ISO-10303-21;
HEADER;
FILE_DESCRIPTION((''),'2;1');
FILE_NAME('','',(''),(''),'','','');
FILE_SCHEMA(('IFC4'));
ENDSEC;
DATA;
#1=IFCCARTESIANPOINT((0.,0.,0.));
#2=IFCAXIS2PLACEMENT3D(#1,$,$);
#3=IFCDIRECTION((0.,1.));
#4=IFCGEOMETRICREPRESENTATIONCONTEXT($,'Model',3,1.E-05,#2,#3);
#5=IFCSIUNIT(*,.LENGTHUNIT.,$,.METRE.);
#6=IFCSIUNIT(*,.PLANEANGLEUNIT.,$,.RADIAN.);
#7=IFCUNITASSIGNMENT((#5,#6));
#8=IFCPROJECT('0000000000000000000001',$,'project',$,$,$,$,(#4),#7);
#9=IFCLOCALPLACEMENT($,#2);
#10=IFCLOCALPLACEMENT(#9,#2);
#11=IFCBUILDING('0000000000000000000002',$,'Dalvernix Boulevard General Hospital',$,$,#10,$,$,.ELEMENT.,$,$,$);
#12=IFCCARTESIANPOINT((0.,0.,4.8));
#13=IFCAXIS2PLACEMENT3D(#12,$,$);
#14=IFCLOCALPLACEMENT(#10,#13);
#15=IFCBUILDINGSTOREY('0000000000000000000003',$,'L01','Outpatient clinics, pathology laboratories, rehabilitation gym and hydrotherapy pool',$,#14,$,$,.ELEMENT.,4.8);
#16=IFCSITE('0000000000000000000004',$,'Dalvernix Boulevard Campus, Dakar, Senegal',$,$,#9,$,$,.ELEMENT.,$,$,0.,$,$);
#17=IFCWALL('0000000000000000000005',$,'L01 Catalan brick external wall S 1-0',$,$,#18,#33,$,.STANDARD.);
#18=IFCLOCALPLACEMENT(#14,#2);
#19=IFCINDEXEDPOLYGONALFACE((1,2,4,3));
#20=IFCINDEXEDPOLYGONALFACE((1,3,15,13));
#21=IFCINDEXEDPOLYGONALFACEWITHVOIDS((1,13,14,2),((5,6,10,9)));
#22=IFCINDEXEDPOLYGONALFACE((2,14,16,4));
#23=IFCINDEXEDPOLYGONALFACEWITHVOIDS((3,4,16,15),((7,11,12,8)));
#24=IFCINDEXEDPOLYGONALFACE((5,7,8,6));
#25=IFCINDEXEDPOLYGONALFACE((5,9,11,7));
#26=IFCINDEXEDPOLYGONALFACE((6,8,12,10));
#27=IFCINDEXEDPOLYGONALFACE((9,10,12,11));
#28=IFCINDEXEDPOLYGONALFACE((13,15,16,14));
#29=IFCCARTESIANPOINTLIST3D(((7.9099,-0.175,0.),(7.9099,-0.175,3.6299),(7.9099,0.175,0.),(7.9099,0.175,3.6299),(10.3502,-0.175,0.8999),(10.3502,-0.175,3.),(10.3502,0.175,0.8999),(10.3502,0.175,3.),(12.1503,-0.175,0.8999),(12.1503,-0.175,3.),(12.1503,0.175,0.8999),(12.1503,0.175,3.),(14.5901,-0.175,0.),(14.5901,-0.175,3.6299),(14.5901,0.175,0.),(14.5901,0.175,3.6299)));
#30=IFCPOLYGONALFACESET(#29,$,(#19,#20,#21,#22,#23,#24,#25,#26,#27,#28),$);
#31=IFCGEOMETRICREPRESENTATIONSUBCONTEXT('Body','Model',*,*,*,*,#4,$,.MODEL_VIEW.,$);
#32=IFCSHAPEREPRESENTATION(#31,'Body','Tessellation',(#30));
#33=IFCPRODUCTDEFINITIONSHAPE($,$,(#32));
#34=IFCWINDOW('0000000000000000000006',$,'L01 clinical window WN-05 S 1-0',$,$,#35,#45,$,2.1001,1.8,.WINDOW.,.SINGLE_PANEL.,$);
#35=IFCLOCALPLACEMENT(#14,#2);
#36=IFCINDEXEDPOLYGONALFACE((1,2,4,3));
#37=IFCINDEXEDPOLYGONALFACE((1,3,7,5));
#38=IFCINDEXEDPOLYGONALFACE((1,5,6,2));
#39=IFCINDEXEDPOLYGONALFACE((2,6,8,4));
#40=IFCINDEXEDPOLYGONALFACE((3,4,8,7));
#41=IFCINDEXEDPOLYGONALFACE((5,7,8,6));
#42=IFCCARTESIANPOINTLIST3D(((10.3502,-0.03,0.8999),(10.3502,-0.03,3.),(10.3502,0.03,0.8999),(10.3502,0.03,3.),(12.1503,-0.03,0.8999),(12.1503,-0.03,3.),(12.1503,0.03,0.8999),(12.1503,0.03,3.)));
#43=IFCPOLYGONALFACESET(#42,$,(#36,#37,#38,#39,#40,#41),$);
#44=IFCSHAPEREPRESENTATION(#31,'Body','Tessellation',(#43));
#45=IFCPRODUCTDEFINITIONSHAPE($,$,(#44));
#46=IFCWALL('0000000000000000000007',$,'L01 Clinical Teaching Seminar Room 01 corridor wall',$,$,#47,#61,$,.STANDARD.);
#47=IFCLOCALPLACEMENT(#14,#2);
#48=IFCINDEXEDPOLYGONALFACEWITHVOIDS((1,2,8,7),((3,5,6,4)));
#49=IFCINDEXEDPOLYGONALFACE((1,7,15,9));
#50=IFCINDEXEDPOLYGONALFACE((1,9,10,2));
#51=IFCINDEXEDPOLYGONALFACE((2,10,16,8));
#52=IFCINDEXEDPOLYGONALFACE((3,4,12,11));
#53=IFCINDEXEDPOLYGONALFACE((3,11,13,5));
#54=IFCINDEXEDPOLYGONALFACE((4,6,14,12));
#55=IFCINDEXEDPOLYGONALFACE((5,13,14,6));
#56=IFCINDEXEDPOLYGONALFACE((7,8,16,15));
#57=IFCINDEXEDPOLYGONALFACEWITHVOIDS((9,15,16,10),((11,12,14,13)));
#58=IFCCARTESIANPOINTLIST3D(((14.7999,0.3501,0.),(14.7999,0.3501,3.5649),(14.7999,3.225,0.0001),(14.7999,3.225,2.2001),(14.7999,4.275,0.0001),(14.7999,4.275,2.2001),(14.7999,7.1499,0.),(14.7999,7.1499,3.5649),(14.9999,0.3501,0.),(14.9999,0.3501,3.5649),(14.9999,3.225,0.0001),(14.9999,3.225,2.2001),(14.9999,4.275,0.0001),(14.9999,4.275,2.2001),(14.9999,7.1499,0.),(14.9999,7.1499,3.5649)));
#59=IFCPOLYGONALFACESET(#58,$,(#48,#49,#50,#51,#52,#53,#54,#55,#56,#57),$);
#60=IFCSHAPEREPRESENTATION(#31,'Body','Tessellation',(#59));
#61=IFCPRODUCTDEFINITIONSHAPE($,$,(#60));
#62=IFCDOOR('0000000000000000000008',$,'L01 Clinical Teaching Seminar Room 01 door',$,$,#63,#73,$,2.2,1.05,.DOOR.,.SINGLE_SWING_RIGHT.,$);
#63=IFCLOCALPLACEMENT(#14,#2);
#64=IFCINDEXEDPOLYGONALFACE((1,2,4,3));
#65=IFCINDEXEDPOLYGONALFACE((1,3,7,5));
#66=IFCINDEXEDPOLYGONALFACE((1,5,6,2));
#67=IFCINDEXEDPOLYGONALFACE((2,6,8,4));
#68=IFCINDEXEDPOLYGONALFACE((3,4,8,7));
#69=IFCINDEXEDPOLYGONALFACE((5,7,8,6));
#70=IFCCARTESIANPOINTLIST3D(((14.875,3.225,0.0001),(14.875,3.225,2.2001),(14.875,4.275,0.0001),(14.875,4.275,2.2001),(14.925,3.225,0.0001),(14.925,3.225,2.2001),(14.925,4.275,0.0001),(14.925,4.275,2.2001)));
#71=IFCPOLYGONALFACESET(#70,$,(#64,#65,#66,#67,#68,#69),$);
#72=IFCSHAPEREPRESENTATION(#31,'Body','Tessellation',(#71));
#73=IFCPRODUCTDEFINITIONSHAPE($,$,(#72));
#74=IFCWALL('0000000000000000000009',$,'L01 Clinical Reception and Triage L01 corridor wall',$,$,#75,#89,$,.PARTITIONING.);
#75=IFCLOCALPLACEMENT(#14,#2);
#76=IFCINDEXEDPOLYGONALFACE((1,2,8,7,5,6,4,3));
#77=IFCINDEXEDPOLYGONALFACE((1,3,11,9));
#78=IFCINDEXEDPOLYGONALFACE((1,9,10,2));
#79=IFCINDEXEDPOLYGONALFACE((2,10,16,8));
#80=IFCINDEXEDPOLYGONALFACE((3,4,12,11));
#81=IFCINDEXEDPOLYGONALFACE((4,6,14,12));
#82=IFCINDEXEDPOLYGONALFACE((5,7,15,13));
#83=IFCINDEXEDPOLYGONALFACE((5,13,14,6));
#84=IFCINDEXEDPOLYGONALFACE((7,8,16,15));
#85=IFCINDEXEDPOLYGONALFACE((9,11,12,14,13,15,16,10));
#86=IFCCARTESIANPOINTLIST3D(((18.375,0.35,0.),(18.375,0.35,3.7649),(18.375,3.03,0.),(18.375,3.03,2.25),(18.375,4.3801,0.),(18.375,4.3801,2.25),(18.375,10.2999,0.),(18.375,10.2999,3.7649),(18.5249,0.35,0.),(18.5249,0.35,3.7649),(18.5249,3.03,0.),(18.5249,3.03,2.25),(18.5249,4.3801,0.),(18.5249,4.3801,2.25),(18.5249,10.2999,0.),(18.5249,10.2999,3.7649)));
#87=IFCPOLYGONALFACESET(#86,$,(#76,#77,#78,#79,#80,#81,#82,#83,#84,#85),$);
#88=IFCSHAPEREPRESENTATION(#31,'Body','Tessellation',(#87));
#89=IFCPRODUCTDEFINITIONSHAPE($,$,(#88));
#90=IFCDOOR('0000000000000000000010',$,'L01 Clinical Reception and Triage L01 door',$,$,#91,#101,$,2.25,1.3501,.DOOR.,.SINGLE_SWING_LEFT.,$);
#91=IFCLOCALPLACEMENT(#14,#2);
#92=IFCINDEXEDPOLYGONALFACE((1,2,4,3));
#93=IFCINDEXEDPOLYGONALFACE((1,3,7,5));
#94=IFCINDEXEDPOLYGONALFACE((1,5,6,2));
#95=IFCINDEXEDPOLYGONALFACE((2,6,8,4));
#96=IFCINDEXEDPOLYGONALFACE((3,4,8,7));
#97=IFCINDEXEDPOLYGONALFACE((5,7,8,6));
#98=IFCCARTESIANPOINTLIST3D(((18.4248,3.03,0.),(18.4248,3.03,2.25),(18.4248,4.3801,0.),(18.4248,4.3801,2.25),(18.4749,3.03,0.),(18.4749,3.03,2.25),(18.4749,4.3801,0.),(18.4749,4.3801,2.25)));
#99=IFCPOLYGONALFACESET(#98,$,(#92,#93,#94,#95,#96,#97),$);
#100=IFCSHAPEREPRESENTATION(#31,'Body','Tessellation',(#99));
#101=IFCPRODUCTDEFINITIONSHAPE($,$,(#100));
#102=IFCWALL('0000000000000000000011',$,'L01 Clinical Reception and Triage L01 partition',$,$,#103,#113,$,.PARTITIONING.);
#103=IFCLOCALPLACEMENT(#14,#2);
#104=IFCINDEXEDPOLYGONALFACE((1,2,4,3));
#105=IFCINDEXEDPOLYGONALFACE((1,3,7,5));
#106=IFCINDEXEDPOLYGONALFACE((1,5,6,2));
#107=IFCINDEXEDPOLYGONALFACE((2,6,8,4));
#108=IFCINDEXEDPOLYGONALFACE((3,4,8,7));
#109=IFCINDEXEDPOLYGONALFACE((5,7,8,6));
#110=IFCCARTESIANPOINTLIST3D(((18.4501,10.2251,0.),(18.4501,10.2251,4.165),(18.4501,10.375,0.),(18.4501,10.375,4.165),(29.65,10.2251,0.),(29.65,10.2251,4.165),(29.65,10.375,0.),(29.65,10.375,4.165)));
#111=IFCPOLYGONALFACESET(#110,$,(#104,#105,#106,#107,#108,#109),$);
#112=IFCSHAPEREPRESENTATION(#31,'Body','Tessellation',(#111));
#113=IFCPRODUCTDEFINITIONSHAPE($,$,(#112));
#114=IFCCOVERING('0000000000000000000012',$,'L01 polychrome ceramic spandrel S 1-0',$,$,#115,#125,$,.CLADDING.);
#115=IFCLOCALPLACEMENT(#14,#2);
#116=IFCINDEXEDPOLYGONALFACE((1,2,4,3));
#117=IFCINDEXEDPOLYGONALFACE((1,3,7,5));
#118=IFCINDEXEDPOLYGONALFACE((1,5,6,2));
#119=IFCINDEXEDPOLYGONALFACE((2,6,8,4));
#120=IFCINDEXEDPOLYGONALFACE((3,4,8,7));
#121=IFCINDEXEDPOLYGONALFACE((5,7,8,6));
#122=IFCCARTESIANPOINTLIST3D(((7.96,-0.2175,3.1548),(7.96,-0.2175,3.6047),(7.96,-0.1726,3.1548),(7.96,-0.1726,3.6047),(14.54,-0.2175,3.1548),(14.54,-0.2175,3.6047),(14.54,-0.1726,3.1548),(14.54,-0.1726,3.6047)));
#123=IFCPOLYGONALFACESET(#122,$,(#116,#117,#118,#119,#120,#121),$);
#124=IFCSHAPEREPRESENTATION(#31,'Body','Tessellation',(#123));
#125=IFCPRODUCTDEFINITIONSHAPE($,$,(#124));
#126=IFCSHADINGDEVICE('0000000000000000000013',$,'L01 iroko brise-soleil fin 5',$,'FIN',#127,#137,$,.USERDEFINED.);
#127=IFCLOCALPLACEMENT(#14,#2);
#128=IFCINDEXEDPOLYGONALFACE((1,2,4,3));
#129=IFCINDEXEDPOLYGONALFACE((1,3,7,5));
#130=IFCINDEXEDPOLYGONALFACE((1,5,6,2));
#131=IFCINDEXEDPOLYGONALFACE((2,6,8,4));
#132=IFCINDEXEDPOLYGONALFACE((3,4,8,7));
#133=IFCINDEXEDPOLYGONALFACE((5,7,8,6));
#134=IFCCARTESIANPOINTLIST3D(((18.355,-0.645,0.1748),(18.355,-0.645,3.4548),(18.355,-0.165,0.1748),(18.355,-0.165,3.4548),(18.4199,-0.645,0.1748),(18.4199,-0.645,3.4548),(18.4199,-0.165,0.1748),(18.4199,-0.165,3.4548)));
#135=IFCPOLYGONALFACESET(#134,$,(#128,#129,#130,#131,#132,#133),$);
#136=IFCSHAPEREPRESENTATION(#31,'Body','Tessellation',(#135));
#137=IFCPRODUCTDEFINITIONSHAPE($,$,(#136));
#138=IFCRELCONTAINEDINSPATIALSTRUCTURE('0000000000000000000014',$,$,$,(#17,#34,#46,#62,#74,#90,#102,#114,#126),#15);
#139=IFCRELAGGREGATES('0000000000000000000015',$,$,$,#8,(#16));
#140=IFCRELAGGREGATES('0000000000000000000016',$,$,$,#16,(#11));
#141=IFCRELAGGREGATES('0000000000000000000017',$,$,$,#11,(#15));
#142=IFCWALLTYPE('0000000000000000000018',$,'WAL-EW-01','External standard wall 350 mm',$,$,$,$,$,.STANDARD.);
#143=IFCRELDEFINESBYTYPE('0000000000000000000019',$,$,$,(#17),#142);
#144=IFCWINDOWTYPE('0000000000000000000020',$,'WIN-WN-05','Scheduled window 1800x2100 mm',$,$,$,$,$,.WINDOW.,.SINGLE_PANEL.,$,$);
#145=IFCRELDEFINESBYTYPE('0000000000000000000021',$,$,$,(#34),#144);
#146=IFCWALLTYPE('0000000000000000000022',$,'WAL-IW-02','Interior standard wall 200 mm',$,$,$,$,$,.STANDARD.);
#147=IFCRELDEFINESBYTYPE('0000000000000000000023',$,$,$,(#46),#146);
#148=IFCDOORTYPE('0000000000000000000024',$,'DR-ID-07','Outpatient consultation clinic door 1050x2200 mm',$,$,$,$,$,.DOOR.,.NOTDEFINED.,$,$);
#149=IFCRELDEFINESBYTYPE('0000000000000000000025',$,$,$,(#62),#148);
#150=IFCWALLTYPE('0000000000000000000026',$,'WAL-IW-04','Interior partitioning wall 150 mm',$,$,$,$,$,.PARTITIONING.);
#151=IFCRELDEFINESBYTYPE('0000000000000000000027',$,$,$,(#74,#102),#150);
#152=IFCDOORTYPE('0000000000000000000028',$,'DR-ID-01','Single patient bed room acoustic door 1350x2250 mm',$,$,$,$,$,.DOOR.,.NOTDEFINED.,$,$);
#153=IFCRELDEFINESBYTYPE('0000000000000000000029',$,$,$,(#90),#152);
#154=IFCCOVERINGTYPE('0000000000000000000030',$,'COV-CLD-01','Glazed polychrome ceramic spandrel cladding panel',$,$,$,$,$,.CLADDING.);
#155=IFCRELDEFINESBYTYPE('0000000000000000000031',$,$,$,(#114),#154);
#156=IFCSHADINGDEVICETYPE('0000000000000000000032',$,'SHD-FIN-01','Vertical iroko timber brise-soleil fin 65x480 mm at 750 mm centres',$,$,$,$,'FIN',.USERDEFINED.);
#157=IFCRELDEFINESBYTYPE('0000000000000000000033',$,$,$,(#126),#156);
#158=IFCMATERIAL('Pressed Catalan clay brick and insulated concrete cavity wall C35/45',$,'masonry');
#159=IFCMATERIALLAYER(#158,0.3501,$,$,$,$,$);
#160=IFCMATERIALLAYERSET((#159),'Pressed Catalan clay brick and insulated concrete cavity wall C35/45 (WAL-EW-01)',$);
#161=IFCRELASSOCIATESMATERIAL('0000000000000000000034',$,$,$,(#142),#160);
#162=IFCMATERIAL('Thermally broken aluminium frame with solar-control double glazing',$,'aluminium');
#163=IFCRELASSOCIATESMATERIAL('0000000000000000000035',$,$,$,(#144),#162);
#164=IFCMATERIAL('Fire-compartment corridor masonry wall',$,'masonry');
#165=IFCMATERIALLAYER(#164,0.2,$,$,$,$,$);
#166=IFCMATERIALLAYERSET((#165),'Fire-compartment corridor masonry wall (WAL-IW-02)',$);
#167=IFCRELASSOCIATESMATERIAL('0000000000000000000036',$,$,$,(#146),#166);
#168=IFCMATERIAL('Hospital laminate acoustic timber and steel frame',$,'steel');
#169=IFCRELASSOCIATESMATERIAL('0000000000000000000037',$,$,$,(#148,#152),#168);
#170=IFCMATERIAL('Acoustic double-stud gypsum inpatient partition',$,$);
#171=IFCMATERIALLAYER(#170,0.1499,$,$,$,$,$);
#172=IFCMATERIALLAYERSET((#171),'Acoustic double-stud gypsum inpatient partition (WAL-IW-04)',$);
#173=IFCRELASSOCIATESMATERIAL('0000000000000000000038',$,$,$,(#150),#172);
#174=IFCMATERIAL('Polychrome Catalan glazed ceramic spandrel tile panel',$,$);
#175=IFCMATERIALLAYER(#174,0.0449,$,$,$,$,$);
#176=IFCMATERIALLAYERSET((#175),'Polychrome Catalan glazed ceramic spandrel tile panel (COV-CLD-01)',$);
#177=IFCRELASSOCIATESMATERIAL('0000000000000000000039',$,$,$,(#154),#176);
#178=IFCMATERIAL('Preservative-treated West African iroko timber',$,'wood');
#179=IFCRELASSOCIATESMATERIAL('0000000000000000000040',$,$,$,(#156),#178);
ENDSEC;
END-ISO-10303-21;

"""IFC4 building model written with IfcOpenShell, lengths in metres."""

from ifc_helpers import new_model, si_unit, direction, frame, frame_2d, origin, origin_2d, place, context, subcontext, project, spatial, rectangle, extrude, material, layer, layer_set, type_object, element, fill, save


model = new_model("IFC4")

# Units and contexts
model_context = context("Model", 3, precision=1e-05, world=origin(), true_north=direction((0.0, 1.0)))
body_context = subcontext(model_context, "Body", "Model", "MODEL_VIEW")
ifc_project = project(units=[si_unit("LENGTHUNIT", "METRE"), si_unit("PLANEANGLEUNIT", "RADIAN")], contexts=[model_context])

# Site, building, storey
site_placement = place(None, origin())
site = spatial("IfcSite", under=ifc_project, at=site_placement, Name="Dalvernix Boulevard Campus, Dakar, Senegal", CompositionType="ELEMENT", RefElevation=0.0)
building_placement = place(site_placement, origin())
building = spatial("IfcBuilding", under=site, at=building_placement, Name="Dalvernix Boulevard General Hospital", CompositionType="ELEMENT")
storey_placement = place(building_placement, frame((0.0, 0.0, 4.8)))
storey = spatial("IfcBuildingStorey", under=building, at=storey_placement, Name="L01", Description="Outpatient clinics, pathology laboratories, rehabilitation gym and hydrotherapy pool", CompositionType="ELEMENT", Elevation=4.8)

# Shared definitions
ifc_material_1 = material(Name="Hospital laminate acoustic timber and steel frame", Category="steel")

# Wall, opening, window
ifc_material_2 = material(Name="Pressed Catalan clay brick and insulated concrete cavity wall C35/45", Category="masonry")
ifc_layer_1 = layer(ifc_material_2, 0.3501)
ifc_layer_set_1 = layer_set([ifc_layer_1], Name="Pressed Catalan clay brick and insulated concrete cavity wall C35/45 (WAL-EW-01)")
wall_type_1 = type_object("IfcWallType", Name="WAL-EW-01", Description="External standard wall 350 mm", PredefinedType="STANDARD", material=ifc_layer_set_1)
wall_1_placement = place(storey_placement, frame((14.5901, 0.0, 0.0), z_axis=(0.0, 0.0, 1.0), x_axis=(-1.0, 0.0, 0.0)))
wall_1 = element("IfcWall", 1, at=wall_1_placement, inside=storey, type_object=wall_type_1, Name="L01 Catalan brick external wall S 1-0", PredefinedType="STANDARD", context=body_context, shape_type="SweptSolid", body=[
    extrude(rectangle(XDim=6.6802, YDim=0.3501, at=frame_2d((3.3401, 0.0))), origin(), (0.0, 0.0, 1.0), 3.6299),
])
opening_1_placement = place(wall_1_placement, frame((2.4399, 0.0, 0.8999)))
opening_1 = element("IfcOpeningElement", 2, at=opening_1_placement, cuts=wall_1, PredefinedType="OPENING", context=body_context, shape_type="SweptSolid", body=[
    extrude(rectangle(XDim=1.8, YDim=2.1001, at=frame_2d((0.8999, 1.05))), frame((0.0, 0.1851, 0.0), z_axis=(0.0, -1.0, 0.0), x_axis=(1.0, 0.0, 0.0)), (0.0, 0.0, 1.0), 0.3701),
])
ifc_material_3 = material(Name="Thermally broken aluminium frame with solar-control double glazing", Category="aluminium")
window_type = type_object("IfcWindowType", Name="WIN-WN-05", Description="Scheduled window 1800x2100 mm", PartitioningType="SINGLE_PANEL", PredefinedType="WINDOW", material=ifc_material_3)
window_placement = place(opening_1_placement, origin())
window = element("IfcWindow", 3, at=window_placement, inside=storey, type_object=window_type, Name="L01 clinical window WN-05 S 1-0", OverallHeight=2.1001, OverallWidth=1.8, PartitioningType="SINGLE_PANEL", PredefinedType="WINDOW", context=body_context, shape_type="SweptSolid", body=[
    extrude(rectangle(XDim=1.8, YDim=2.1001, at=frame_2d((0.8999, 1.05))), frame((0.0, 0.03, 0.0), z_axis=(0.0, -1.0, 0.0), x_axis=(1.0, 0.0, 0.0)), (0.0, 0.0, 1.0), 0.0601),
])
fill(opening_1, window)

# Walls, openings, doors
ifc_material_4 = material(Name="Fire-compartment corridor masonry wall", Category="masonry")
ifc_layer_2 = layer(ifc_material_4, 0.2)
ifc_layer_set_2 = layer_set([ifc_layer_2], Name="Fire-compartment corridor masonry wall (WAL-IW-02)")
wall_type_2 = type_object("IfcWallType", Name="WAL-IW-02", Description="Interior standard wall 200 mm", PredefinedType="STANDARD", material=ifc_layer_set_2)
wall_2_placement = place(storey_placement, frame((14.8999, 0.3501, 0.0), z_axis=(0.0, 0.0, 1.0), x_axis=(0.0, 1.0, 0.0)))
wall_2 = element("IfcWall", 4, at=wall_2_placement, inside=storey, type_object=wall_type_2, Name="L01 Clinical Teaching Seminar Room 01 corridor wall", PredefinedType="STANDARD", context=body_context, shape_type="SweptSolid", body=[
    extrude(rectangle(XDim=6.7998, YDim=0.2, at=frame_2d((3.3999, 0.0))), origin(), (0.0, 0.0, 1.0), 3.5649),
])
opening_2_placement = place(wall_2_placement, frame((2.875, 0.0, 0.0)))
opening_2 = element("IfcOpeningElement", 5, at=opening_2_placement, cuts=wall_2, PredefinedType="OPENING", context=body_context, shape_type="SweptSolid", body=[
    extrude(rectangle(XDim=1.05, YDim=2.2, at=frame_2d((0.5249, 1.1001))), frame((0.0, 0.1099, 0.0), z_axis=(0.0, -1.0, 0.0), x_axis=(1.0, 0.0, 0.0)), (0.0, 0.0, 1.0), 0.22),
])
door_type_1 = type_object("IfcDoorType", Name="DR-ID-07", Description="Outpatient consultation clinic door 1050x2200 mm", OperationType="NOTDEFINED", PredefinedType="DOOR", material=ifc_material_1)
door_1_placement = place(opening_2_placement, origin())
door_1 = element("IfcDoor", 6, at=door_1_placement, inside=storey, type_object=door_type_1, Name="L01 Clinical Teaching Seminar Room 01 door", OperationType="SINGLE_SWING_RIGHT", OverallHeight=2.2, OverallWidth=1.05, PredefinedType="DOOR", context=body_context, shape_type="SweptSolid", body=[
    extrude(rectangle(XDim=1.05, YDim=2.2, at=frame_2d((0.5249, 1.1001))), frame((0.0, 0.0249, 0.0), z_axis=(0.0, -1.0, 0.0), x_axis=(1.0, 0.0, 0.0)), (0.0, 0.0, 1.0), 0.05),
])
fill(opening_2, door_1)
ifc_material_5 = material(Name="Acoustic double-stud gypsum inpatient partition")
ifc_layer_3 = layer(ifc_material_5, 0.1499)
ifc_layer_set_3 = layer_set([ifc_layer_3], Name="Acoustic double-stud gypsum inpatient partition (WAL-IW-04)")
wall_type_3 = type_object("IfcWallType", Name="WAL-IW-04", Description="Interior partitioning wall 150 mm", PredefinedType="PARTITIONING", material=ifc_layer_set_3)
wall_3_placement = place(storey_placement, frame((18.45, 10.3, 0.0), z_axis=(0.0, 0.0, 1.0), x_axis=(0.0, -1.0, 0.0)))
wall_3 = element("IfcWall", 7, at=wall_3_placement, inside=storey, type_object=wall_type_3, Name="L01 Clinical Reception and Triage L01 corridor wall", PredefinedType="PARTITIONING", context=body_context, shape_type="SweptSolid", body=[
    extrude(rectangle(XDim=9.95, YDim=0.1499, at=frame_2d((4.9751, 0.0))), origin(), (0.0, 0.0, 1.0), 3.7649),
])
opening_3_placement = place(wall_3_placement, frame((5.9199, 0.0, 0.0)))
opening_3 = element("IfcOpeningElement", 8, at=opening_3_placement, cuts=wall_3, PredefinedType="OPENING", context=body_context, shape_type="SweptSolid", body=[
    extrude(rectangle(XDim=1.3501, YDim=2.25, at=frame_2d((0.675, 1.125))), frame((0.0, 0.085, 0.0), z_axis=(0.0, -1.0, 0.0), x_axis=(1.0, 0.0, 0.0)), (0.0, 0.0, 1.0), 0.1699),
])
door_type_2 = type_object("IfcDoorType", Name="DR-ID-01", Description="Single patient bed room acoustic door 1350x2250 mm", OperationType="NOTDEFINED", PredefinedType="DOOR", material=ifc_material_1)
door_2_placement = place(opening_3_placement, origin())
door_2 = element("IfcDoor", 9, at=door_2_placement, inside=storey, type_object=door_type_2, Name="L01 Clinical Reception and Triage L01 door", OperationType="SINGLE_SWING_LEFT", OverallHeight=2.25, OverallWidth=1.3501, PredefinedType="DOOR", context=body_context, shape_type="SweptSolid", body=[
    extrude(rectangle(XDim=1.3501, YDim=2.25, at=frame_2d((0.675, 1.125))), frame((0.0, 0.0249, 0.0), z_axis=(0.0, -1.0, 0.0), x_axis=(1.0, 0.0, 0.0)), (0.0, 0.0, 1.0), 0.05),
])
fill(opening_3, door_2)

# Wall
wall_4_placement = place(storey_placement, frame((18.45, 10.3, 0.0), z_axis=(0.0, 0.0, 1.0), x_axis=(1.0, 0.0, 0.0)))
element("IfcWall", 10, at=wall_4_placement, inside=storey, type_object=wall_type_3, Name="L01 Clinical Reception and Triage L01 partition", PredefinedType="PARTITIONING", context=body_context, shape_type="SweptSolid", body=[
    extrude(rectangle(XDim=11.2, YDim=0.1499, at=frame_2d((5.6001, 0.0))), origin(), (0.0, 0.0, 1.0), 4.165),
])

# Covering
ifc_material_6 = material(Name="Polychrome Catalan glazed ceramic spandrel tile panel")
ifc_layer_4 = layer(ifc_material_6, 0.0449)
ifc_layer_set_4 = layer_set([ifc_layer_4], Name="Polychrome Catalan glazed ceramic spandrel tile panel (COV-CLD-01)")
covering_type = type_object("IfcCoveringType", Name="COV-CLD-01", Description="Glazed polychrome ceramic spandrel cladding panel", PredefinedType="CLADDING", material=ifc_layer_set_4)
covering_placement = place(storey_placement, frame((11.25, -0.1951, 3.1548), z_axis=(0.0, 0.0, 1.0), x_axis=(-1.0, 0.0, 0.0)))
element("IfcCovering", 11, at=covering_placement, inside=storey, type_object=covering_type, Name="L01 polychrome ceramic spandrel S 1-0", PredefinedType="CLADDING", context=body_context, shape_type="SweptSolid", body=[
    extrude(rectangle(XDim=6.5801, YDim=0.0449, at=origin_2d()), origin(), (0.0, 0.0, 1.0), 0.45),
])

# Shading device
ifc_material_7 = material(Name="Preservative-treated West African iroko timber", Category="wood")
shading_device_type = type_object("IfcShadingDeviceType", Name="SHD-FIN-01", Description="Vertical iroko timber brise-soleil fin 65x480 mm at 750 mm centres", ElementType="FIN", PredefinedType="USERDEFINED", material=ifc_material_7)
shading_device_placement = place(storey_placement, frame((18.3875, -0.405, 0.1748), z_axis=(0.0, 0.0, 1.0), x_axis=(-1.0, 0.0, 0.0)))
element("IfcShadingDevice", 12, at=shading_device_placement, inside=storey, type_object=shading_device_type, Name="L01 iroko brise-soleil fin 5", ObjectType="FIN", PredefinedType="USERDEFINED", context=body_context, shape_type="SweptSolid", body=[
    extrude(rectangle(XDim=0.0649, YDim=0.48, at=origin_2d()), origin(), (0.0, 0.0, 1.0), 3.28),
])

save(model, "model.ifc")
